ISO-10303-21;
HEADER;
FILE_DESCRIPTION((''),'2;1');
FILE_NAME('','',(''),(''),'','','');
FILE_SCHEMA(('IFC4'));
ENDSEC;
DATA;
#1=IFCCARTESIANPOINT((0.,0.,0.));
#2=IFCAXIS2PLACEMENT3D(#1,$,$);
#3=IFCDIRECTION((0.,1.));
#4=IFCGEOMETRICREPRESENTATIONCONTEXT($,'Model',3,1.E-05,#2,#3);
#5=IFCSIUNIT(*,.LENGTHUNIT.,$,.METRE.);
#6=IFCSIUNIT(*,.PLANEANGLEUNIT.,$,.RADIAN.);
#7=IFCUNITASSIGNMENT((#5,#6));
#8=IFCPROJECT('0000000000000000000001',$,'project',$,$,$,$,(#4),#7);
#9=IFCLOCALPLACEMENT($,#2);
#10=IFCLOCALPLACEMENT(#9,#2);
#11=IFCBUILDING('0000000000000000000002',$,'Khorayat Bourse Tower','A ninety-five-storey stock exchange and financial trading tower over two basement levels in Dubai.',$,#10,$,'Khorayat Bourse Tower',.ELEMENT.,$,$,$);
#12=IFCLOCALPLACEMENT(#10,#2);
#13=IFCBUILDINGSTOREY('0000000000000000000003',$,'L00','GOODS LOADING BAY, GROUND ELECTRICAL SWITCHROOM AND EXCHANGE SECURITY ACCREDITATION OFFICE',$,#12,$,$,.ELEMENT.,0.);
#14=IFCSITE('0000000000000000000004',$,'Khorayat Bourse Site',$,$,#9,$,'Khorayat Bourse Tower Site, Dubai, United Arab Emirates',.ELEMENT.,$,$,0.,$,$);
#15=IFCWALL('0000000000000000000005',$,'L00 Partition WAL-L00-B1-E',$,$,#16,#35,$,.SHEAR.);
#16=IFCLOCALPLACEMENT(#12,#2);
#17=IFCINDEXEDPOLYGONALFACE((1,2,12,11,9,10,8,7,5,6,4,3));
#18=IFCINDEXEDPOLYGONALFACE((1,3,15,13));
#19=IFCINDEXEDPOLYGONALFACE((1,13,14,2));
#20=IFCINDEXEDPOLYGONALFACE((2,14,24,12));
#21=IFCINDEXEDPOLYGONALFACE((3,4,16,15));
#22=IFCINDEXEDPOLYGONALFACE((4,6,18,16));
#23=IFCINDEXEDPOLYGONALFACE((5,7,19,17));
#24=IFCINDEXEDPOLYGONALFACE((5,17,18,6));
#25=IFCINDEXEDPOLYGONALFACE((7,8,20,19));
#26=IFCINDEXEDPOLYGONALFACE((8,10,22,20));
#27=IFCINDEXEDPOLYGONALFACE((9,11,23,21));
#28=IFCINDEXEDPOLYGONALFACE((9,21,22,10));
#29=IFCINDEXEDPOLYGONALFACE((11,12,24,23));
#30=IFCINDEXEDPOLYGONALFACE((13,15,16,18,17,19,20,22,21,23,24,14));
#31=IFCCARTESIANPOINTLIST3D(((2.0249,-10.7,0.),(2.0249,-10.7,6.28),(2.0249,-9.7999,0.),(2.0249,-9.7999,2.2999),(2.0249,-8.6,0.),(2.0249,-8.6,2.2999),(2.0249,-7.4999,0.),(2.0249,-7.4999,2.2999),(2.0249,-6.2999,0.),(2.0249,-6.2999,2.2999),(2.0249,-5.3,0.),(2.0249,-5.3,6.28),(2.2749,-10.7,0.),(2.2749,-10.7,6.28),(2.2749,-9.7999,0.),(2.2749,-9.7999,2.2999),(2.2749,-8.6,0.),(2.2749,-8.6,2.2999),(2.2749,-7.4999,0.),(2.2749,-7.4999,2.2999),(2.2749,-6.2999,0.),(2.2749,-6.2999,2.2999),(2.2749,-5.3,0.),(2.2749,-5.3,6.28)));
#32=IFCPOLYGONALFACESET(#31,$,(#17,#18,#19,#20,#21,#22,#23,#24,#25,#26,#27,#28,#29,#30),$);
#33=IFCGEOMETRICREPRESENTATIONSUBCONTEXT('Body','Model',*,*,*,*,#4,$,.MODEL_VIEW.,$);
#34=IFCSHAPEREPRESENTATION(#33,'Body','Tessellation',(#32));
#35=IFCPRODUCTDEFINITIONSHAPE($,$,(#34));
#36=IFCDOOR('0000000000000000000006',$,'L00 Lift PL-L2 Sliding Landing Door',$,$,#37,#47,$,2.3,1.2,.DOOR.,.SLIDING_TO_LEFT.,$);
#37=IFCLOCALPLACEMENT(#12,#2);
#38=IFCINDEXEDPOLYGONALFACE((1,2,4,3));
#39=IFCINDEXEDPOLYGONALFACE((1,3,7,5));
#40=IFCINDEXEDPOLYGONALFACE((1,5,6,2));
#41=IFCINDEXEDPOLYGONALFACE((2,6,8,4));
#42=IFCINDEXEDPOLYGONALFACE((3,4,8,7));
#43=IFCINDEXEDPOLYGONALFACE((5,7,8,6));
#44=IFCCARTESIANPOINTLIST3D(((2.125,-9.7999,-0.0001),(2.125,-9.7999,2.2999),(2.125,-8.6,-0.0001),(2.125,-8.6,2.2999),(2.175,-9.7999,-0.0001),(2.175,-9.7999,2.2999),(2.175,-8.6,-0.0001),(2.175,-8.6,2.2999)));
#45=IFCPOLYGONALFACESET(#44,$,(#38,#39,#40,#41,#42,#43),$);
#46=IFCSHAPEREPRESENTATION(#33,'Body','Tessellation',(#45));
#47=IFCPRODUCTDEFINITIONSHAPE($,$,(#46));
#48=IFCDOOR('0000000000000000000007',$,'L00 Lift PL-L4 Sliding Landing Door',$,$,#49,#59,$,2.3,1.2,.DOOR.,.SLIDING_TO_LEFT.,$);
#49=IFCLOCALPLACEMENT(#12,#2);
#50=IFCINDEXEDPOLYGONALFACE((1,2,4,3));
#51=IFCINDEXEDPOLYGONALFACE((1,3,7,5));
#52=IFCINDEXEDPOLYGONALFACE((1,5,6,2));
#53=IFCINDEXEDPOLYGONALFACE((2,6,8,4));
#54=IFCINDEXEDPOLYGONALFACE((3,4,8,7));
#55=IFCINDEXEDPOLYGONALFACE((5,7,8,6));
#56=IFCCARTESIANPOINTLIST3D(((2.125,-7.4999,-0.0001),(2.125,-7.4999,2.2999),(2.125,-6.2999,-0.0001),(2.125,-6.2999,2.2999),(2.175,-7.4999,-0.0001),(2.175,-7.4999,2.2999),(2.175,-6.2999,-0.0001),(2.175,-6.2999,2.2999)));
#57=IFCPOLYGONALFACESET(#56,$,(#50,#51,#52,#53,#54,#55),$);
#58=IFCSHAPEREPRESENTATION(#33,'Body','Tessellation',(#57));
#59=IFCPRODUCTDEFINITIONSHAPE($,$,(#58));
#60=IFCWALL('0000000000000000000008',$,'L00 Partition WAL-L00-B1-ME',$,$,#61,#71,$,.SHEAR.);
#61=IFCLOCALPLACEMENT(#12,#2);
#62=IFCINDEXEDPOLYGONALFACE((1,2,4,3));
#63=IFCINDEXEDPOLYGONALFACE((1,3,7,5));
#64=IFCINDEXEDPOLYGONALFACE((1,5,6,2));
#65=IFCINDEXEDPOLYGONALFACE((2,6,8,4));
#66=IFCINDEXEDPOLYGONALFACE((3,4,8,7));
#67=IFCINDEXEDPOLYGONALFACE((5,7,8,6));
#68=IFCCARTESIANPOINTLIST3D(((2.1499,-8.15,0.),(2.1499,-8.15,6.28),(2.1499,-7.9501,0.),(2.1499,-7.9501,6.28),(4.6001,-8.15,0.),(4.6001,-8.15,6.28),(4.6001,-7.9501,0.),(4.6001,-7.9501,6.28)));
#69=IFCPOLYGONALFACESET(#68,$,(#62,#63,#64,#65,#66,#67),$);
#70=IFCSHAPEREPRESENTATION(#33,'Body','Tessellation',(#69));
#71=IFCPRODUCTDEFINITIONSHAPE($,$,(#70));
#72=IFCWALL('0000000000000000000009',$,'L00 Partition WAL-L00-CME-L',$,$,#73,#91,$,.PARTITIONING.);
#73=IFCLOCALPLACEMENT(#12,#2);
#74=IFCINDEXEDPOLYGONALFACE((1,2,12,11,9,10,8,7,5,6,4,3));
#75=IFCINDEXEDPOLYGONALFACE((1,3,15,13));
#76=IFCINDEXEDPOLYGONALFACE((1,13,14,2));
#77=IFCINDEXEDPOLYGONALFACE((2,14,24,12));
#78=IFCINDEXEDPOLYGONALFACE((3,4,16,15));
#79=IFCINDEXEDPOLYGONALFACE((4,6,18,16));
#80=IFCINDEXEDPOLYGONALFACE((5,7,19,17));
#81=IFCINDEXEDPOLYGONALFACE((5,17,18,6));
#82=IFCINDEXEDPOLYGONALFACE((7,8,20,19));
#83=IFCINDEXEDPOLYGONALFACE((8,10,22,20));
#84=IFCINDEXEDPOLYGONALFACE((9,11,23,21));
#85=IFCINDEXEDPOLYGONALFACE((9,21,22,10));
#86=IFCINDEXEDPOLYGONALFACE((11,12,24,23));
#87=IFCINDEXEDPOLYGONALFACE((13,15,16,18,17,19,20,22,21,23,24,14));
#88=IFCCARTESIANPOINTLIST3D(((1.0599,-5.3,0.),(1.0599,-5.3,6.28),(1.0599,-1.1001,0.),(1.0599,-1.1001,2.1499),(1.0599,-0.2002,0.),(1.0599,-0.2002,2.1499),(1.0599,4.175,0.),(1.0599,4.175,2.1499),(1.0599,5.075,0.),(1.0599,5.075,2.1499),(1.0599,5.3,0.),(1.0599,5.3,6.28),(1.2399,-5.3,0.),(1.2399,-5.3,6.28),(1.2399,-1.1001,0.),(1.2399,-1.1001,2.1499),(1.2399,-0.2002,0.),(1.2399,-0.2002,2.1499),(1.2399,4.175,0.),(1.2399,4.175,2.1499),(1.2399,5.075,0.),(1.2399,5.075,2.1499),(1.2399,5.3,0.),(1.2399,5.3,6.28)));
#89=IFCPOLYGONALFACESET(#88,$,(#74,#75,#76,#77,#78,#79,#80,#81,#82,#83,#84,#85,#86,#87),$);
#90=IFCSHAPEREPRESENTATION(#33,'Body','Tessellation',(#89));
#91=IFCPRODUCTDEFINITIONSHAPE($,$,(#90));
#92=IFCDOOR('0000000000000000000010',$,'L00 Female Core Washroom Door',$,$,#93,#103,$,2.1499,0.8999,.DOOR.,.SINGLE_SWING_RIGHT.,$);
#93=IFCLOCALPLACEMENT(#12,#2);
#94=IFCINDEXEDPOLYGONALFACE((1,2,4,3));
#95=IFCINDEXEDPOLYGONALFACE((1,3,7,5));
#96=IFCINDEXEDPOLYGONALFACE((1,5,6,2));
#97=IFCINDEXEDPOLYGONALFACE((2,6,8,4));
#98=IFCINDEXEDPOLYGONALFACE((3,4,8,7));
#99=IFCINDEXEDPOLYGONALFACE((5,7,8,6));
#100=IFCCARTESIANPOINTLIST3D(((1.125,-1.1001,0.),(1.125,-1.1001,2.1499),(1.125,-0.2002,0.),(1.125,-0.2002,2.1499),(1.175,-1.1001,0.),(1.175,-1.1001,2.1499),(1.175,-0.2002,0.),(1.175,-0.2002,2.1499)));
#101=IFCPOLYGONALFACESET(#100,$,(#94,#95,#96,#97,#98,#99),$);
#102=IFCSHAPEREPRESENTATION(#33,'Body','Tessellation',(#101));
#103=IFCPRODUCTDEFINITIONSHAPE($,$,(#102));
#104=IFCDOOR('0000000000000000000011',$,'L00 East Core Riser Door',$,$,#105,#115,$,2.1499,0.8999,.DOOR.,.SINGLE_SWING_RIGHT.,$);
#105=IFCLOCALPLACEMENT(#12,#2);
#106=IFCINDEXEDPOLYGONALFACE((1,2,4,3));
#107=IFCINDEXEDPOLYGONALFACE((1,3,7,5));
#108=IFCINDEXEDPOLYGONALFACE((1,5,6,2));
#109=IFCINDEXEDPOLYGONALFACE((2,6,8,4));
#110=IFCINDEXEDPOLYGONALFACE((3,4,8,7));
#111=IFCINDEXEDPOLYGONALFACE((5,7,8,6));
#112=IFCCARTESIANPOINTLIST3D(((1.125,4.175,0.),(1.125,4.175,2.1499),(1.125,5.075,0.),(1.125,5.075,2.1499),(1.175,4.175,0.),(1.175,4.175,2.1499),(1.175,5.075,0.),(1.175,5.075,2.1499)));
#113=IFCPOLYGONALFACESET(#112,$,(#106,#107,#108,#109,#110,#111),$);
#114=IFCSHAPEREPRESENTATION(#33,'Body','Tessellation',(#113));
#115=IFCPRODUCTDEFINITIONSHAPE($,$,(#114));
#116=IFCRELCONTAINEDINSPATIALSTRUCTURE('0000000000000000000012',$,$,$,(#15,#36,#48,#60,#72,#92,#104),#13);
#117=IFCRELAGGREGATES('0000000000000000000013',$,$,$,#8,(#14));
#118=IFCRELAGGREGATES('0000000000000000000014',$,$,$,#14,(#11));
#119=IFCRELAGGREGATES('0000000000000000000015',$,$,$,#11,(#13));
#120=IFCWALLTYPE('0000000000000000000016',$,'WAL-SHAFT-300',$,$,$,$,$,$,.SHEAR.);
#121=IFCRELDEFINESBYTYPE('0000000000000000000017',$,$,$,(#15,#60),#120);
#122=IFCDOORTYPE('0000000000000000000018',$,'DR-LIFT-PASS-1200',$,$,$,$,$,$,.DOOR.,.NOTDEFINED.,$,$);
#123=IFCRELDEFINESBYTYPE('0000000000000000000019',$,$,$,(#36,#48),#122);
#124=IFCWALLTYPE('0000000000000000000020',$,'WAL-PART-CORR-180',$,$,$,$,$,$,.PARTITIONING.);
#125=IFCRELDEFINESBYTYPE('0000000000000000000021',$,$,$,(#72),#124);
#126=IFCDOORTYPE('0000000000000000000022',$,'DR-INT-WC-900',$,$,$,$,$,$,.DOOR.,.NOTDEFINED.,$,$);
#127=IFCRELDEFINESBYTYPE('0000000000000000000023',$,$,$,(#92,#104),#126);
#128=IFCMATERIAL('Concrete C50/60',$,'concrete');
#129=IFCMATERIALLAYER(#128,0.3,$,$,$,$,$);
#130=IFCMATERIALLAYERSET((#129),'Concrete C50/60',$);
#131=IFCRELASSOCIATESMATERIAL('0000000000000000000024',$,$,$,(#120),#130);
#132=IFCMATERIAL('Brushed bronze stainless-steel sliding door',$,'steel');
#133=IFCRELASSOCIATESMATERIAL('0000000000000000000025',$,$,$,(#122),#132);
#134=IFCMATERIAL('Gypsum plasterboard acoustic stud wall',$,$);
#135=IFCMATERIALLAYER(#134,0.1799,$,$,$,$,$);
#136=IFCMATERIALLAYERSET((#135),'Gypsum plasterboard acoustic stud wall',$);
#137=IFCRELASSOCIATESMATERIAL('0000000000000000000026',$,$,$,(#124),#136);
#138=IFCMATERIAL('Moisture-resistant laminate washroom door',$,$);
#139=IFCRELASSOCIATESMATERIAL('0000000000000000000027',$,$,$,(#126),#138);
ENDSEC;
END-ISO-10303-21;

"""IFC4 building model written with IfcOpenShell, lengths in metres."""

from ifc_helpers import new_model, si_unit, direction, frame, frame_2d, origin, place, context, subcontext, project, spatial, rectangle, extrude, source, transform, mapped, material, layer, layer_set, type_object, element, fill, save


model = new_model("IFC4")

# Units and contexts
model_context = context("Model", 3, precision=1e-05, world=origin(), true_north=direction((0.0, 1.0)))
body_context = subcontext(model_context, "Body", "Model", "MODEL_VIEW")
ifc_project = project(units=[si_unit("LENGTHUNIT", "METRE"), si_unit("PLANEANGLEUNIT", "RADIAN")], contexts=[model_context])

# Site, building, storey
site_placement = place(None, origin())
site = spatial("IfcSite", under=ifc_project, at=site_placement, Name="Khorayat Bourse Site", LongName="Khorayat Bourse Tower Site, Dubai, United Arab Emirates", CompositionType="ELEMENT", RefElevation=0.0)
building_placement = place(site_placement, origin())
building = spatial("IfcBuilding", under=site, at=building_placement, Name="Khorayat Bourse Tower", Description="A ninety-five-storey stock exchange and financial trading tower over two basement levels in Dubai.", LongName="Khorayat Bourse Tower", CompositionType="ELEMENT")
storey_placement = place(building_placement, origin())
storey = spatial("IfcBuildingStorey", under=building, at=storey_placement, Name="L00", Description="GOODS LOADING BAY, GROUND ELECTRICAL SWITCHROOM AND EXCHANGE SECURITY ACCREDITATION OFFICE", CompositionType="ELEMENT", Elevation=0.0)

# Wall, openings, doors
ifc_material_1 = material(Name="Concrete C50/60", Category="concrete")
ifc_layer_1 = layer(ifc_material_1, 0.3)
ifc_layer_set_1 = layer_set([ifc_layer_1], Name="Concrete C50/60")
wall_type_1 = type_object("IfcWallType", Name="WAL-SHAFT-300", PredefinedType="SHEAR", material=ifc_layer_set_1)
shared_shape_1 = source(origin(), body_context, "Body", "SweptSolid", [
    extrude(rectangle(XDim=5.3999, YDim=0.25, at=frame_2d((2.7, 0.0))), origin(), (0.0, 0.0, 1.0), 6.28),
])
shared_shape_2 = source(origin(), body_context, "Body", "SweptSolid", [
    extrude(rectangle(XDim=1.2, YDim=2.3, at=frame_2d((0.6001, 1.1499))), frame((0.0, 0.135, 0.0), z_axis=(0.0, -1.0, 0.0), x_axis=(1.0, 0.0, 0.0)), (0.0, 0.0, 1.0), 0.27),
])
ifc_material_2 = material(Name="Brushed bronze stainless-steel sliding door", Category="steel")
door_type_1 = type_object("IfcDoorType", Name="DR-LIFT-PASS-1200", OperationType="NOTDEFINED", PredefinedType="DOOR", material=ifc_material_2)
shared_shape_3 = source(origin(), body_context, "Body", "SweptSolid", [
    extrude(rectangle(XDim=1.2, YDim=2.3, at=frame_2d((0.6001, 1.1499))), frame((0.0, 0.0249, 0.0), z_axis=(0.0, -1.0, 0.0), x_axis=(1.0, 0.0, 0.0)), (0.0, 0.0, 1.0), 0.05),
])
wall_1_placement = place(storey_placement, frame((2.1499, -10.7, 0.0), z_axis=(0.0, 0.0, 1.0), x_axis=(0.0, 1.0, 0.0)))
wall_1 = element("IfcWall", 1, at=wall_1_placement, inside=storey, type_object=wall_type_1, Name="L00 Partition WAL-L00-B1-E", PredefinedType="SHEAR", context=body_context, shape_type="MappedRepresentation", body=[
    mapped(shared_shape_1, transform((0.0, 0.0, 0.0), scale=1.0)),
])
opening_1_placement = place(wall_1_placement, frame((0.8999, 0.0, 0.0)))
opening_1 = element("IfcOpeningElement", 2, at=opening_1_placement, cuts=wall_1, PredefinedType="OPENING", context=body_context, shape_type="MappedRepresentation", body=[
    mapped(shared_shape_2, transform((0.0, 0.0, 0.0), scale=1.0)),
])
opening_2_placement = place(wall_1_placement, frame((3.2, 0.0, 0.0)))
opening_2 = element("IfcOpeningElement", 3, at=opening_2_placement, cuts=wall_1, PredefinedType="OPENING", context=body_context, shape_type="MappedRepresentation", body=[
    mapped(shared_shape_2, transform((0.0, 0.0, 0.0), scale=1.0)),
])
door_1_placement = place(opening_1_placement, origin())
door_1 = element("IfcDoor", 4, at=door_1_placement, inside=storey, type_object=door_type_1, Name="L00 Lift PL-L2 Sliding Landing Door", OperationType="SLIDING_TO_LEFT", OverallHeight=2.3, OverallWidth=1.2, PredefinedType="DOOR", context=body_context, shape_type="MappedRepresentation", body=[
    mapped(shared_shape_3, transform((0.0, 0.0, 0.0), scale=1.0)),
])
fill(opening_1, door_1)
door_2_placement = place(opening_2_placement, origin())
door_2 = element("IfcDoor", 5, at=door_2_placement, inside=storey, type_object=door_type_1, Name="L00 Lift PL-L4 Sliding Landing Door", OperationType="SLIDING_TO_LEFT", OverallHeight=2.3, OverallWidth=1.2, PredefinedType="DOOR", context=body_context, shape_type="MappedRepresentation", body=[
    mapped(shared_shape_3, transform((0.0, 0.0, 0.0), scale=1.0)),
])
fill(opening_2, door_2)

# Wall
shared_shape_4 = source(origin(), body_context, "Body", "SweptSolid", [
    extrude(rectangle(XDim=2.4502, YDim=0.2, at=frame_2d((1.2251, 0.0))), origin(), (0.0, 0.0, 1.0), 6.28),
])
wall_2_placement = place(storey_placement, frame((2.1499, -8.05, 0.0), z_axis=(0.0, 0.0, 1.0), x_axis=(1.0, 0.0, 0.0)))
element("IfcWall", 6, at=wall_2_placement, inside=storey, type_object=wall_type_1, Name="L00 Partition WAL-L00-B1-ME", PredefinedType="SHEAR", context=body_context, shape_type="MappedRepresentation", body=[
    mapped(shared_shape_4, transform((0.0, 0.0, 0.0), scale=1.0)),
])

# Wall, openings, doors
ifc_material_3 = material(Name="Gypsum plasterboard acoustic stud wall")
ifc_layer_2 = layer(ifc_material_3, 0.1799)
ifc_layer_set_2 = layer_set([ifc_layer_2], Name="Gypsum plasterboard acoustic stud wall")
wall_type_2 = type_object("IfcWallType", Name="WAL-PART-CORR-180", PredefinedType="PARTITIONING", material=ifc_layer_set_2)
shared_shape_5 = source(origin(), body_context, "Body", "SweptSolid", [
    extrude(rectangle(XDim=10.6001, YDim=0.1799, at=frame_2d((5.3, 0.0))), origin(), (0.0, 0.0, 1.0), 6.28),
])
shared_shape_6 = source(origin(), body_context, "Body", "SweptSolid", [
    extrude(rectangle(XDim=0.8999, YDim=2.1499, at=frame_2d((0.45, 1.075))), frame((0.0, 0.0999, 0.0), z_axis=(0.0, -1.0, 0.0), x_axis=(1.0, 0.0, 0.0)), (0.0, 0.0, 1.0), 0.2),
])
ifc_material_4 = material(Name="Moisture-resistant laminate washroom door")
door_type_2 = type_object("IfcDoorType", Name="DR-INT-WC-900", OperationType="NOTDEFINED", PredefinedType="DOOR", material=ifc_material_4)
shared_shape_7 = source(origin(), body_context, "Body", "SweptSolid", [
    extrude(rectangle(XDim=0.8999, YDim=2.1499, at=frame_2d((0.45, 1.075))), frame((0.0, 0.0249, 0.0), z_axis=(0.0, -1.0, 0.0), x_axis=(1.0, 0.0, 0.0)), (0.0, 0.0, 1.0), 0.05),
])
wall_3_placement = place(storey_placement, frame((1.1499, -5.3, 0.0), z_axis=(0.0, 0.0, 1.0), x_axis=(0.0, 1.0, 0.0)))
wall_3 = element("IfcWall", 7, at=wall_3_placement, inside=storey, type_object=wall_type_2, Name="L00 Partition WAL-L00-CME-L", PredefinedType="PARTITIONING", context=body_context, shape_type="MappedRepresentation", body=[
    mapped(shared_shape_5, transform((0.0, 0.0, 0.0), scale=1.0)),
])
opening_3_placement = place(wall_3_placement, frame((4.2, 0.0, 0.0)))
opening_3 = element("IfcOpeningElement", 8, at=opening_3_placement, cuts=wall_3, PredefinedType="OPENING", context=body_context, shape_type="MappedRepresentation", body=[
    mapped(shared_shape_6, transform((0.0, 0.0, 0.0), scale=1.0)),
])
opening_4_placement = place(wall_3_placement, frame((9.4751, 0.0, 0.0)))
opening_4 = element("IfcOpeningElement", 9, at=opening_4_placement, cuts=wall_3, PredefinedType="OPENING", context=body_context, shape_type="MappedRepresentation", body=[
    mapped(shared_shape_6, transform((0.0, 0.0, 0.0), scale=1.0)),
])
door_3_placement = place(opening_3_placement, origin())
door_3 = element("IfcDoor", 10, at=door_3_placement, inside=storey, type_object=door_type_2, Name="L00 Female Core Washroom Door", OperationType="SINGLE_SWING_RIGHT", OverallHeight=2.1499, OverallWidth=0.8999, PredefinedType="DOOR", context=body_context, shape_type="MappedRepresentation", body=[
    mapped(shared_shape_7, transform((0.0, 0.0, 0.0), scale=1.0)),
])
fill(opening_3, door_3)
door_4_placement = place(opening_4_placement, origin())
door_4 = element("IfcDoor", 11, at=door_4_placement, inside=storey, type_object=door_type_2, Name="L00 East Core Riser Door", OperationType="SINGLE_SWING_RIGHT", OverallHeight=2.1499, OverallWidth=0.8999, PredefinedType="DOOR", context=body_context, shape_type="MappedRepresentation", body=[
    mapped(shared_shape_7, transform((0.0, 0.0, 0.0), scale=1.0)),
])
fill(opening_4, door_4)

save(model, "model.ifc")
